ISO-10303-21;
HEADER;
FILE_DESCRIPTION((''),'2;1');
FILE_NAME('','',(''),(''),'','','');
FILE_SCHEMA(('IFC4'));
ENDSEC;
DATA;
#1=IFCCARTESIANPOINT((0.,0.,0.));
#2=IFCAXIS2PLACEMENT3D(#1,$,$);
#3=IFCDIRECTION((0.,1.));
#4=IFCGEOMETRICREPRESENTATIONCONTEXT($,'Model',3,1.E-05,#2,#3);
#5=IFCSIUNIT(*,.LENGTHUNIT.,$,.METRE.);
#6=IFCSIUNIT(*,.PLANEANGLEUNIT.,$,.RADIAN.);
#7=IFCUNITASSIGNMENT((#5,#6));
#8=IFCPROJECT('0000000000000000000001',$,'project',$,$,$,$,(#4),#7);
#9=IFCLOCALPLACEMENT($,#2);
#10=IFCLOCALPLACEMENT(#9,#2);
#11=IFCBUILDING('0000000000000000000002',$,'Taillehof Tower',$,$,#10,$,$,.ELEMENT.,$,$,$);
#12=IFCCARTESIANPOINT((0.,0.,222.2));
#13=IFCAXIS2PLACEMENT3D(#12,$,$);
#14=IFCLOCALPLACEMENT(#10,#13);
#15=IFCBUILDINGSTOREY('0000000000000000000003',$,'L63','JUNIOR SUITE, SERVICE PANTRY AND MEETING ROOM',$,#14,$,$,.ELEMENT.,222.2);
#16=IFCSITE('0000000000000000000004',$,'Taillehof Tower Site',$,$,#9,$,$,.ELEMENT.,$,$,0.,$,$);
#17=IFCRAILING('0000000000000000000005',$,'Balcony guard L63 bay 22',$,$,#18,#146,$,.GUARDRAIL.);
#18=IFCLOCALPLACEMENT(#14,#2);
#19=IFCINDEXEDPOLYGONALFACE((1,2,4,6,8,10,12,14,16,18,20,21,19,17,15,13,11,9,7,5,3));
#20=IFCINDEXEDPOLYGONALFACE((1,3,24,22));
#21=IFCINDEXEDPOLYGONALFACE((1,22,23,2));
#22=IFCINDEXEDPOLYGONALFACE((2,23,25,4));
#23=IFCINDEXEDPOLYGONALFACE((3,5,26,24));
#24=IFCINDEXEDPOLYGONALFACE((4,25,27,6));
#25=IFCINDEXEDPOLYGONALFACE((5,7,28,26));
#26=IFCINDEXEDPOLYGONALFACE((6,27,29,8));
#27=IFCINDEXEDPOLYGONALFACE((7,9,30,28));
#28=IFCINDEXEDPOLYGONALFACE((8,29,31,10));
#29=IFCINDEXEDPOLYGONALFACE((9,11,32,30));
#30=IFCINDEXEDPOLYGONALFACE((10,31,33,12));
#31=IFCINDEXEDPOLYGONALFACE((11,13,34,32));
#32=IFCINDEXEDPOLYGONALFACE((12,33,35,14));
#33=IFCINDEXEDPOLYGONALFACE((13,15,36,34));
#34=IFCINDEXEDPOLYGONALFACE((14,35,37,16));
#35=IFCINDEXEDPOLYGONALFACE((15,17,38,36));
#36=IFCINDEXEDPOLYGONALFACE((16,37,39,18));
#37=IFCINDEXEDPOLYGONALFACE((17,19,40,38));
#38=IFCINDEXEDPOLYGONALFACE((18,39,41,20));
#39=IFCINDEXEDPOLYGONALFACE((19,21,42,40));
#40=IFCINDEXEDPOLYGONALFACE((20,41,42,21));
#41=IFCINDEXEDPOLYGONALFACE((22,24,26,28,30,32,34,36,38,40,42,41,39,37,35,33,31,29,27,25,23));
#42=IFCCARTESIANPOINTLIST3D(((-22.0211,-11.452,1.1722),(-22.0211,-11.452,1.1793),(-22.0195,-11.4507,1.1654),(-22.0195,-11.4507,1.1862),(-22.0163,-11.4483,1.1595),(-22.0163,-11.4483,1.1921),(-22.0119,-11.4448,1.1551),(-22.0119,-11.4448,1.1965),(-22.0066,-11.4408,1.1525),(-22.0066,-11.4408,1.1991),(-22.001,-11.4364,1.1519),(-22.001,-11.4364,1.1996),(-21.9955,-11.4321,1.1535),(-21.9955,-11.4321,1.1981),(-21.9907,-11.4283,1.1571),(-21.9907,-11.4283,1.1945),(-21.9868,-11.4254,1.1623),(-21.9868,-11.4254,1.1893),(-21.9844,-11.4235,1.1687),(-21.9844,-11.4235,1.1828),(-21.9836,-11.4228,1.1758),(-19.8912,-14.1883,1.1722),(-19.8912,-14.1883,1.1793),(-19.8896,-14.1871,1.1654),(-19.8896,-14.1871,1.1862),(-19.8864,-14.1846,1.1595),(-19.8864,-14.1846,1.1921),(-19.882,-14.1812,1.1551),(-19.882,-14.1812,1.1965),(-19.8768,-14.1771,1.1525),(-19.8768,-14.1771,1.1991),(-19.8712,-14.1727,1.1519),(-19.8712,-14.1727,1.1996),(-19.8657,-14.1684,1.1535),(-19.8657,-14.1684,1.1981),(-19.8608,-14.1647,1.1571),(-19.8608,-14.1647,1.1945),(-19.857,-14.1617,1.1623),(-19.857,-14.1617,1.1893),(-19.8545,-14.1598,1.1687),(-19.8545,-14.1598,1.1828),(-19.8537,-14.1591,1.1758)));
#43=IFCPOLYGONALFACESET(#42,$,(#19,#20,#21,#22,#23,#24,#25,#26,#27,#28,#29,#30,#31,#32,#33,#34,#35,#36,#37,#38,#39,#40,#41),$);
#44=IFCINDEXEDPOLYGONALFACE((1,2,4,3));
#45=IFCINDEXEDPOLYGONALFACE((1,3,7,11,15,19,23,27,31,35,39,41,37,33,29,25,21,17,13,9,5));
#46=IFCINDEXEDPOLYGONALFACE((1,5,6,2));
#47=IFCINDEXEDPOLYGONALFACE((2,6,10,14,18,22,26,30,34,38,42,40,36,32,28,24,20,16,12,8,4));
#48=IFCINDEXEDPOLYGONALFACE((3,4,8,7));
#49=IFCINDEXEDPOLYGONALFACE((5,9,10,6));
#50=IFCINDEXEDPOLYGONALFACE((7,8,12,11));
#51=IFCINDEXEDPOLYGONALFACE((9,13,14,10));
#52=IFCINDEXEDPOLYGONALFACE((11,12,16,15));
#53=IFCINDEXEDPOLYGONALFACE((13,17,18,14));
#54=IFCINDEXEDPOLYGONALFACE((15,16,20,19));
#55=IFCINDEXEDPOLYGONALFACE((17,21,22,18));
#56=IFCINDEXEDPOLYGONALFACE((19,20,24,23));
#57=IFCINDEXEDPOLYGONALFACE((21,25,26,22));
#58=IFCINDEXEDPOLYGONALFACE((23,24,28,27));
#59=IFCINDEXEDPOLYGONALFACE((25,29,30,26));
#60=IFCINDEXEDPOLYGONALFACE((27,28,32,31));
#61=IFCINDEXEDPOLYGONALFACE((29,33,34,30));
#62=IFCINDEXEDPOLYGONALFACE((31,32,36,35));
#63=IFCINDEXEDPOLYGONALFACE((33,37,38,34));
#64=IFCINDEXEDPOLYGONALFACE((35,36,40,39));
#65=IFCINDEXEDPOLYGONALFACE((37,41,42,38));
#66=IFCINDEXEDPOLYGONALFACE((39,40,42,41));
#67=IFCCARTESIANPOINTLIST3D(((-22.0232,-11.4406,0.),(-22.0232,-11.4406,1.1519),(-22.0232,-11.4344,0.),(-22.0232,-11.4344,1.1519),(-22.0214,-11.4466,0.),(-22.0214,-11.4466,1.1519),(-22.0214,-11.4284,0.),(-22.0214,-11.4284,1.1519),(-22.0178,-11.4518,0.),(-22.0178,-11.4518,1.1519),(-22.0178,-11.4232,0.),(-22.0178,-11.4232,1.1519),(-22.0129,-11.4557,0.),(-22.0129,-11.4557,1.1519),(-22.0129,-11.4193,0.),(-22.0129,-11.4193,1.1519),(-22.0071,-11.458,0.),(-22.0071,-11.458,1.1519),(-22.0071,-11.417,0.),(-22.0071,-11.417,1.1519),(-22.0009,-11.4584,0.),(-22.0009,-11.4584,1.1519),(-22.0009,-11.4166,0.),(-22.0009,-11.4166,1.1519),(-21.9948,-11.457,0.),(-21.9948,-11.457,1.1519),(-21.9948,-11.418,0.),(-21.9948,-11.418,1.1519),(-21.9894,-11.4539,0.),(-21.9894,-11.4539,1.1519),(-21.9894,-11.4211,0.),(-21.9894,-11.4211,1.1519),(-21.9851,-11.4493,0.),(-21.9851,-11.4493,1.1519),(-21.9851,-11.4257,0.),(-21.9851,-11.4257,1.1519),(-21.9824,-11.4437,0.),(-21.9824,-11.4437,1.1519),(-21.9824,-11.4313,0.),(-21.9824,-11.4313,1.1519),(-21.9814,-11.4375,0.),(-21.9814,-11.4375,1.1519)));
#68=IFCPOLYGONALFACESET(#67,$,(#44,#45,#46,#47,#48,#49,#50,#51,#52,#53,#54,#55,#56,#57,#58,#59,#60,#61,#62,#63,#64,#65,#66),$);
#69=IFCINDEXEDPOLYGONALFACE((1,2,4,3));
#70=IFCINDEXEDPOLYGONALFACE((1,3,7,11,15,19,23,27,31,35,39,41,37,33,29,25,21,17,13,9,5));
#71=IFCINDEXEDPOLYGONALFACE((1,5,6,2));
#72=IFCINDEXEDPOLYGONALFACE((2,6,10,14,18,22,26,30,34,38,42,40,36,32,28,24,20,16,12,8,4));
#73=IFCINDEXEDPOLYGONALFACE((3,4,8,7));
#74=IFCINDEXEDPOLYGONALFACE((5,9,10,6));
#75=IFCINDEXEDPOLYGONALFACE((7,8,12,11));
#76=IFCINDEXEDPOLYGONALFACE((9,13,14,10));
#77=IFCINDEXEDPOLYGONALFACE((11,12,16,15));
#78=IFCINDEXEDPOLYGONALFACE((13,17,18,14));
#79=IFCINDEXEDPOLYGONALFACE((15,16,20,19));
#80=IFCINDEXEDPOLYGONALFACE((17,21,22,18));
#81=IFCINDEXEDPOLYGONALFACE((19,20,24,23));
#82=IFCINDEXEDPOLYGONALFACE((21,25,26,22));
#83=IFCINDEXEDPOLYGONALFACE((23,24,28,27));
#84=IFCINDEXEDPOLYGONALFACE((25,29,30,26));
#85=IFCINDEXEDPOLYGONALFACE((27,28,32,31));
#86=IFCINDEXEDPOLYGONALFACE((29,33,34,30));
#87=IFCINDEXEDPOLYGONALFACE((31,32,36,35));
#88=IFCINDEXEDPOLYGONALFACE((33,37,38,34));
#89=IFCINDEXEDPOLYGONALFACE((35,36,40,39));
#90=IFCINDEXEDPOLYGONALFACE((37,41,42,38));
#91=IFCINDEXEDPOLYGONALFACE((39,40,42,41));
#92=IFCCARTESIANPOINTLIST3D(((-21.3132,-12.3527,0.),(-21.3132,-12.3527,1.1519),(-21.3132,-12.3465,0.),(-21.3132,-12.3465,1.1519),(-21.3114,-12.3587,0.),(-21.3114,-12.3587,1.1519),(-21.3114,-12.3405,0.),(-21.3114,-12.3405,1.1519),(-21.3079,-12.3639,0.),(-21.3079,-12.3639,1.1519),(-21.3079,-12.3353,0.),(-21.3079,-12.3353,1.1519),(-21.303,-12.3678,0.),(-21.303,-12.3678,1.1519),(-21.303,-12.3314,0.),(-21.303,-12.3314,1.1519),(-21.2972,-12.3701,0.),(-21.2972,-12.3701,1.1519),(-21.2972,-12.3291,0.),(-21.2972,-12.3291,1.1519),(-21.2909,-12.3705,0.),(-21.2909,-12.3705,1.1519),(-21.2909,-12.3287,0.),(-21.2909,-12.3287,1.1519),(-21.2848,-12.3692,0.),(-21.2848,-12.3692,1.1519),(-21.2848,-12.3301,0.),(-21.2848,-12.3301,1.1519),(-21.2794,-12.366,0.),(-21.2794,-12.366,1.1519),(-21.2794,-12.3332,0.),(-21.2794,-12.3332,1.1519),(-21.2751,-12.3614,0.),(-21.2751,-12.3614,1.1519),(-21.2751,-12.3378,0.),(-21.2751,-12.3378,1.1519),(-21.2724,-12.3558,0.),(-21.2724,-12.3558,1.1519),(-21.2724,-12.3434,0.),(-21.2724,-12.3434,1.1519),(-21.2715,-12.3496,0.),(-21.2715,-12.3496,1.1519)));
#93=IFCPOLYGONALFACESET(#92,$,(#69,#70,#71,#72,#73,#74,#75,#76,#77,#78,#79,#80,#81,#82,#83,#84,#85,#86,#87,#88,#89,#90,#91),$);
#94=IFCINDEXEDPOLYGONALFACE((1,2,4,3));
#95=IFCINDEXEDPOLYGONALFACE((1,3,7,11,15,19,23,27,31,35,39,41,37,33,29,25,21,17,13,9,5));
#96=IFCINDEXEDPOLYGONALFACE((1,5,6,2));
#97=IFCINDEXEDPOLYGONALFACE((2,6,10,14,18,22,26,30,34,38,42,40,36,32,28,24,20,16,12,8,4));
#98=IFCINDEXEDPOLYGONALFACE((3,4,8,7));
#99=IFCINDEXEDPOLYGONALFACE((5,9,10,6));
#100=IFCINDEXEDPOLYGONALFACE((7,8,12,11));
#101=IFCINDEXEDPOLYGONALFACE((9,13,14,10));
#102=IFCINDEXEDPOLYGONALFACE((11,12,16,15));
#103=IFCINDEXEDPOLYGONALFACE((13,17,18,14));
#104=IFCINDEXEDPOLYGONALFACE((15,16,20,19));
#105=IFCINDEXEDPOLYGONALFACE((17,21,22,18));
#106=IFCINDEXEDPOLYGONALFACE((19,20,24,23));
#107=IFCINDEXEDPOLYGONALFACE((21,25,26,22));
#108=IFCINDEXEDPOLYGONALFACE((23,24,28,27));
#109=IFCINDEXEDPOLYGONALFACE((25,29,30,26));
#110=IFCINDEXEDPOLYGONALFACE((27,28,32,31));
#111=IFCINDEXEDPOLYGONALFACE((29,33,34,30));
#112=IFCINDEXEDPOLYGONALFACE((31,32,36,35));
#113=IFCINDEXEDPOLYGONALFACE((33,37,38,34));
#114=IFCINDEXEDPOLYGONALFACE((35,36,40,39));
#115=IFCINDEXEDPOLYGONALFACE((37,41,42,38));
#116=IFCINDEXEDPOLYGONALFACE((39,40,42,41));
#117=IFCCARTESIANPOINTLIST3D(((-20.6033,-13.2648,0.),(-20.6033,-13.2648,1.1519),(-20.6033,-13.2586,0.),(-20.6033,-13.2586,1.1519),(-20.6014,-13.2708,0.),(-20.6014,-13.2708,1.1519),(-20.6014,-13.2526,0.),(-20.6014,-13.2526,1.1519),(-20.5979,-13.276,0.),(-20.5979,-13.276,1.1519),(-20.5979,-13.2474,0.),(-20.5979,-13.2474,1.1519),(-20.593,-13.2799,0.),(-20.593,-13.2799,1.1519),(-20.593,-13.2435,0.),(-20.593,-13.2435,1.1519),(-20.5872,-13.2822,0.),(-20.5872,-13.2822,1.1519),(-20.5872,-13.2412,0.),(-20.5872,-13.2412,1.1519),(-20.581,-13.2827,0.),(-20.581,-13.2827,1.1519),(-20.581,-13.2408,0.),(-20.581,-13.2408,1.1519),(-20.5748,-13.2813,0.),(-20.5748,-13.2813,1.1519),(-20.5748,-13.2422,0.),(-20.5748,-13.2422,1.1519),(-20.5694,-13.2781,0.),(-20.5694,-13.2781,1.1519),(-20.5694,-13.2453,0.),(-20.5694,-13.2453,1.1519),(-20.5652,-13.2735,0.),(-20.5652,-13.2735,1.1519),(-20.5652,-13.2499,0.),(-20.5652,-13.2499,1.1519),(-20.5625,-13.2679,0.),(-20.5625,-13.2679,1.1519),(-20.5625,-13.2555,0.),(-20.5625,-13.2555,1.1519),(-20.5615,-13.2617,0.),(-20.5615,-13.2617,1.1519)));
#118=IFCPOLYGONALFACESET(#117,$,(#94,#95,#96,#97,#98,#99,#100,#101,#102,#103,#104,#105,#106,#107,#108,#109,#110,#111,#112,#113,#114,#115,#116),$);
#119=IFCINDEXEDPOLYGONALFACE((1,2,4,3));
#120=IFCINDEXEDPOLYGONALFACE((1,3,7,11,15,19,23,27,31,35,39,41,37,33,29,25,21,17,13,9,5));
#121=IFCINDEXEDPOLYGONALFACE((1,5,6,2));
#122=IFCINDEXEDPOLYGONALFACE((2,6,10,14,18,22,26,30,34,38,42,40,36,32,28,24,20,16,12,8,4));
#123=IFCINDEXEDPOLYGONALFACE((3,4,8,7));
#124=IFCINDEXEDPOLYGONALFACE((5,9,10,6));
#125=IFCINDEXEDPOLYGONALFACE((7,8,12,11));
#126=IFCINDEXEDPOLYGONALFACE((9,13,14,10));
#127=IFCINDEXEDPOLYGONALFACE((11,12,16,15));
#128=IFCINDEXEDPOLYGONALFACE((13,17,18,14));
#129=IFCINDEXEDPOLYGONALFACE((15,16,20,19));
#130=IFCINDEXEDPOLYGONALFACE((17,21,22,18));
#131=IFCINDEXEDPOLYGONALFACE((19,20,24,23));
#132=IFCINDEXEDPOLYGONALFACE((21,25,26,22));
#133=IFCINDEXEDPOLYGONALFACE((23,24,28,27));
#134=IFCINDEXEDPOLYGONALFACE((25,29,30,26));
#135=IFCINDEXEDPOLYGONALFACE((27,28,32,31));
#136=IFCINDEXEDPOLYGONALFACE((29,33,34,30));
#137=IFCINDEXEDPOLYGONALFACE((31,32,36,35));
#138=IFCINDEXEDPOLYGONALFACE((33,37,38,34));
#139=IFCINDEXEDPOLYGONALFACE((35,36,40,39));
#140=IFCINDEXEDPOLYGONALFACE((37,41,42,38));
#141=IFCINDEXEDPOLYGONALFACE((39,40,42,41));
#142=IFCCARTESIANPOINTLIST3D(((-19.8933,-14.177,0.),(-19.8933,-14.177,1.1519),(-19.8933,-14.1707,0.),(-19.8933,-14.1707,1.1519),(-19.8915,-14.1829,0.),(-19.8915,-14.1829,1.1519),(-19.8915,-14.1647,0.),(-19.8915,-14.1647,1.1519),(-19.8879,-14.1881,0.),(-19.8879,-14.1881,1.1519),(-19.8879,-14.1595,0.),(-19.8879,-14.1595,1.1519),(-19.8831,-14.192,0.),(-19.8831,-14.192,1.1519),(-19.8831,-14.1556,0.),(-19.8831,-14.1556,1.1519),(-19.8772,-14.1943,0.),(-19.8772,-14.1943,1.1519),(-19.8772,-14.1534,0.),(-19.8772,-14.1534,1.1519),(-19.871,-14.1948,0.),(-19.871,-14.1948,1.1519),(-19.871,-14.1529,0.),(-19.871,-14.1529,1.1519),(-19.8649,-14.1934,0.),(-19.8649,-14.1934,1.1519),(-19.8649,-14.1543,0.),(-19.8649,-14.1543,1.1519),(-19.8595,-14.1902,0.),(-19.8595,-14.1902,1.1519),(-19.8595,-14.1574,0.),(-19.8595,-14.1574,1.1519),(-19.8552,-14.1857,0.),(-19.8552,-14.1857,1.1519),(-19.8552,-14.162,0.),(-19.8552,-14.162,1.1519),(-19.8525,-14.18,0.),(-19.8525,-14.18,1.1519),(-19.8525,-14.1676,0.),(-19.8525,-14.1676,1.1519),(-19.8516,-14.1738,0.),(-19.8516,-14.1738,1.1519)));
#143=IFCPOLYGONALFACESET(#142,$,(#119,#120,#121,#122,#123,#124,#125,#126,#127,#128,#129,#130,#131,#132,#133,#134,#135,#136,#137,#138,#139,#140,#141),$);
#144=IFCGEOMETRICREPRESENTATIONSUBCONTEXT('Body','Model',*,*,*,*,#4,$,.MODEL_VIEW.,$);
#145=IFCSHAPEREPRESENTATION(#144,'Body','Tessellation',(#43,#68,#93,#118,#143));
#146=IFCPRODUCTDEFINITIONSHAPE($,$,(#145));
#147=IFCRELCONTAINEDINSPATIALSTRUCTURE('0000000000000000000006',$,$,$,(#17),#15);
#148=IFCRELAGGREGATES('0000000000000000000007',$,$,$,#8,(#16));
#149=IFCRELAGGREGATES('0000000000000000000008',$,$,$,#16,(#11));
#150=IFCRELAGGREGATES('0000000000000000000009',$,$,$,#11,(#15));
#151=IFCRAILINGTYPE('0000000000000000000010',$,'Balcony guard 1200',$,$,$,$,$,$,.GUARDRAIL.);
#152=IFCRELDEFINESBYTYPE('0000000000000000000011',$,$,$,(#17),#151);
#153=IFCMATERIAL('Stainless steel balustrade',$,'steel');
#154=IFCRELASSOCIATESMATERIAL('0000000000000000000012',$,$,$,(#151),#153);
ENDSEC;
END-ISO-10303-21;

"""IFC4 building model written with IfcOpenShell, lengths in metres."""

from ifc_helpers import new_model, si_unit, direction, frame, origin, origin_2d, place, context, subcontext, project, spatial, circle, extrude, material, type_object, element, save


model = new_model("IFC4")

# Units and contexts
model_context = context("Model", 3, precision=1e-05, world=origin(), true_north=direction((0.0, 1.0)))
body_context = subcontext(model_context, "Body", "Model", "MODEL_VIEW")
ifc_project = project(units=[si_unit("LENGTHUNIT", "METRE"), si_unit("PLANEANGLEUNIT", "RADIAN")], contexts=[model_context])

# Site, building, storey
site_placement = place(None, origin())
site = spatial("IfcSite", under=ifc_project, at=site_placement, Name="Taillehof Tower Site", CompositionType="ELEMENT", RefElevation=0.0)
building_placement = place(site_placement, origin())
building = spatial("IfcBuilding", under=site, at=building_placement, Name="Taillehof Tower", CompositionType="ELEMENT")
storey_placement = place(building_placement, frame((0.0, 0.0, 222.2)))
storey = spatial("IfcBuildingStorey", under=building, at=storey_placement, Name="L63", Description="JUNIOR SUITE, SERVICE PANTRY AND MEETING ROOM", CompositionType="ELEMENT", Elevation=222.2)

# Railing
ifc_material_1 = material(Name="Stainless steel balustrade", Category="steel")
railing_type = type_object("IfcRailingType", Name="Balcony guard 1200", PredefinedType="GUARDRAIL", material=ifc_material_1)
railing_1_placement = place(storey_placement, frame((-22.0024, -11.4375, 0.0)))
element("IfcRailing", 1, at=railing_1_placement, inside=storey, type_object=railing_type, Name="Balcony guard L63 bay 22", PredefinedType="GUARDRAIL", context=body_context, shape_type="SweptSolid", body=[
    extrude(circle(Radius=0.0239, at=origin_2d()), frame((0.0, 0.0, 1.1758), z_axis=(0.614233, -0.789125, 0.0), x_axis=(0.789125, 0.614233, 0.0)), (0.0, 0.0, 1.0), 3.4675),
    extrude(circle(Radius=0.021, at=origin_2d()), origin(), (0.0, 0.0, 1.0), 1.1519),
    extrude(circle(Radius=0.021, at=origin_2d()), frame((0.71, -0.9121, 0.0)), (0.0, 0.0, 1.0), 1.1519),
    extrude(circle(Radius=0.021, at=origin_2d()), frame((1.4199, -1.8242, 0.0)), (0.0, 0.0, 1.0), 1.1519),
    extrude(circle(Radius=0.021, at=origin_2d()), frame((2.1299, -2.7363, 0.0)), (0.0, 0.0, 1.0), 1.1519),
])

save(model, "model.ifc")
